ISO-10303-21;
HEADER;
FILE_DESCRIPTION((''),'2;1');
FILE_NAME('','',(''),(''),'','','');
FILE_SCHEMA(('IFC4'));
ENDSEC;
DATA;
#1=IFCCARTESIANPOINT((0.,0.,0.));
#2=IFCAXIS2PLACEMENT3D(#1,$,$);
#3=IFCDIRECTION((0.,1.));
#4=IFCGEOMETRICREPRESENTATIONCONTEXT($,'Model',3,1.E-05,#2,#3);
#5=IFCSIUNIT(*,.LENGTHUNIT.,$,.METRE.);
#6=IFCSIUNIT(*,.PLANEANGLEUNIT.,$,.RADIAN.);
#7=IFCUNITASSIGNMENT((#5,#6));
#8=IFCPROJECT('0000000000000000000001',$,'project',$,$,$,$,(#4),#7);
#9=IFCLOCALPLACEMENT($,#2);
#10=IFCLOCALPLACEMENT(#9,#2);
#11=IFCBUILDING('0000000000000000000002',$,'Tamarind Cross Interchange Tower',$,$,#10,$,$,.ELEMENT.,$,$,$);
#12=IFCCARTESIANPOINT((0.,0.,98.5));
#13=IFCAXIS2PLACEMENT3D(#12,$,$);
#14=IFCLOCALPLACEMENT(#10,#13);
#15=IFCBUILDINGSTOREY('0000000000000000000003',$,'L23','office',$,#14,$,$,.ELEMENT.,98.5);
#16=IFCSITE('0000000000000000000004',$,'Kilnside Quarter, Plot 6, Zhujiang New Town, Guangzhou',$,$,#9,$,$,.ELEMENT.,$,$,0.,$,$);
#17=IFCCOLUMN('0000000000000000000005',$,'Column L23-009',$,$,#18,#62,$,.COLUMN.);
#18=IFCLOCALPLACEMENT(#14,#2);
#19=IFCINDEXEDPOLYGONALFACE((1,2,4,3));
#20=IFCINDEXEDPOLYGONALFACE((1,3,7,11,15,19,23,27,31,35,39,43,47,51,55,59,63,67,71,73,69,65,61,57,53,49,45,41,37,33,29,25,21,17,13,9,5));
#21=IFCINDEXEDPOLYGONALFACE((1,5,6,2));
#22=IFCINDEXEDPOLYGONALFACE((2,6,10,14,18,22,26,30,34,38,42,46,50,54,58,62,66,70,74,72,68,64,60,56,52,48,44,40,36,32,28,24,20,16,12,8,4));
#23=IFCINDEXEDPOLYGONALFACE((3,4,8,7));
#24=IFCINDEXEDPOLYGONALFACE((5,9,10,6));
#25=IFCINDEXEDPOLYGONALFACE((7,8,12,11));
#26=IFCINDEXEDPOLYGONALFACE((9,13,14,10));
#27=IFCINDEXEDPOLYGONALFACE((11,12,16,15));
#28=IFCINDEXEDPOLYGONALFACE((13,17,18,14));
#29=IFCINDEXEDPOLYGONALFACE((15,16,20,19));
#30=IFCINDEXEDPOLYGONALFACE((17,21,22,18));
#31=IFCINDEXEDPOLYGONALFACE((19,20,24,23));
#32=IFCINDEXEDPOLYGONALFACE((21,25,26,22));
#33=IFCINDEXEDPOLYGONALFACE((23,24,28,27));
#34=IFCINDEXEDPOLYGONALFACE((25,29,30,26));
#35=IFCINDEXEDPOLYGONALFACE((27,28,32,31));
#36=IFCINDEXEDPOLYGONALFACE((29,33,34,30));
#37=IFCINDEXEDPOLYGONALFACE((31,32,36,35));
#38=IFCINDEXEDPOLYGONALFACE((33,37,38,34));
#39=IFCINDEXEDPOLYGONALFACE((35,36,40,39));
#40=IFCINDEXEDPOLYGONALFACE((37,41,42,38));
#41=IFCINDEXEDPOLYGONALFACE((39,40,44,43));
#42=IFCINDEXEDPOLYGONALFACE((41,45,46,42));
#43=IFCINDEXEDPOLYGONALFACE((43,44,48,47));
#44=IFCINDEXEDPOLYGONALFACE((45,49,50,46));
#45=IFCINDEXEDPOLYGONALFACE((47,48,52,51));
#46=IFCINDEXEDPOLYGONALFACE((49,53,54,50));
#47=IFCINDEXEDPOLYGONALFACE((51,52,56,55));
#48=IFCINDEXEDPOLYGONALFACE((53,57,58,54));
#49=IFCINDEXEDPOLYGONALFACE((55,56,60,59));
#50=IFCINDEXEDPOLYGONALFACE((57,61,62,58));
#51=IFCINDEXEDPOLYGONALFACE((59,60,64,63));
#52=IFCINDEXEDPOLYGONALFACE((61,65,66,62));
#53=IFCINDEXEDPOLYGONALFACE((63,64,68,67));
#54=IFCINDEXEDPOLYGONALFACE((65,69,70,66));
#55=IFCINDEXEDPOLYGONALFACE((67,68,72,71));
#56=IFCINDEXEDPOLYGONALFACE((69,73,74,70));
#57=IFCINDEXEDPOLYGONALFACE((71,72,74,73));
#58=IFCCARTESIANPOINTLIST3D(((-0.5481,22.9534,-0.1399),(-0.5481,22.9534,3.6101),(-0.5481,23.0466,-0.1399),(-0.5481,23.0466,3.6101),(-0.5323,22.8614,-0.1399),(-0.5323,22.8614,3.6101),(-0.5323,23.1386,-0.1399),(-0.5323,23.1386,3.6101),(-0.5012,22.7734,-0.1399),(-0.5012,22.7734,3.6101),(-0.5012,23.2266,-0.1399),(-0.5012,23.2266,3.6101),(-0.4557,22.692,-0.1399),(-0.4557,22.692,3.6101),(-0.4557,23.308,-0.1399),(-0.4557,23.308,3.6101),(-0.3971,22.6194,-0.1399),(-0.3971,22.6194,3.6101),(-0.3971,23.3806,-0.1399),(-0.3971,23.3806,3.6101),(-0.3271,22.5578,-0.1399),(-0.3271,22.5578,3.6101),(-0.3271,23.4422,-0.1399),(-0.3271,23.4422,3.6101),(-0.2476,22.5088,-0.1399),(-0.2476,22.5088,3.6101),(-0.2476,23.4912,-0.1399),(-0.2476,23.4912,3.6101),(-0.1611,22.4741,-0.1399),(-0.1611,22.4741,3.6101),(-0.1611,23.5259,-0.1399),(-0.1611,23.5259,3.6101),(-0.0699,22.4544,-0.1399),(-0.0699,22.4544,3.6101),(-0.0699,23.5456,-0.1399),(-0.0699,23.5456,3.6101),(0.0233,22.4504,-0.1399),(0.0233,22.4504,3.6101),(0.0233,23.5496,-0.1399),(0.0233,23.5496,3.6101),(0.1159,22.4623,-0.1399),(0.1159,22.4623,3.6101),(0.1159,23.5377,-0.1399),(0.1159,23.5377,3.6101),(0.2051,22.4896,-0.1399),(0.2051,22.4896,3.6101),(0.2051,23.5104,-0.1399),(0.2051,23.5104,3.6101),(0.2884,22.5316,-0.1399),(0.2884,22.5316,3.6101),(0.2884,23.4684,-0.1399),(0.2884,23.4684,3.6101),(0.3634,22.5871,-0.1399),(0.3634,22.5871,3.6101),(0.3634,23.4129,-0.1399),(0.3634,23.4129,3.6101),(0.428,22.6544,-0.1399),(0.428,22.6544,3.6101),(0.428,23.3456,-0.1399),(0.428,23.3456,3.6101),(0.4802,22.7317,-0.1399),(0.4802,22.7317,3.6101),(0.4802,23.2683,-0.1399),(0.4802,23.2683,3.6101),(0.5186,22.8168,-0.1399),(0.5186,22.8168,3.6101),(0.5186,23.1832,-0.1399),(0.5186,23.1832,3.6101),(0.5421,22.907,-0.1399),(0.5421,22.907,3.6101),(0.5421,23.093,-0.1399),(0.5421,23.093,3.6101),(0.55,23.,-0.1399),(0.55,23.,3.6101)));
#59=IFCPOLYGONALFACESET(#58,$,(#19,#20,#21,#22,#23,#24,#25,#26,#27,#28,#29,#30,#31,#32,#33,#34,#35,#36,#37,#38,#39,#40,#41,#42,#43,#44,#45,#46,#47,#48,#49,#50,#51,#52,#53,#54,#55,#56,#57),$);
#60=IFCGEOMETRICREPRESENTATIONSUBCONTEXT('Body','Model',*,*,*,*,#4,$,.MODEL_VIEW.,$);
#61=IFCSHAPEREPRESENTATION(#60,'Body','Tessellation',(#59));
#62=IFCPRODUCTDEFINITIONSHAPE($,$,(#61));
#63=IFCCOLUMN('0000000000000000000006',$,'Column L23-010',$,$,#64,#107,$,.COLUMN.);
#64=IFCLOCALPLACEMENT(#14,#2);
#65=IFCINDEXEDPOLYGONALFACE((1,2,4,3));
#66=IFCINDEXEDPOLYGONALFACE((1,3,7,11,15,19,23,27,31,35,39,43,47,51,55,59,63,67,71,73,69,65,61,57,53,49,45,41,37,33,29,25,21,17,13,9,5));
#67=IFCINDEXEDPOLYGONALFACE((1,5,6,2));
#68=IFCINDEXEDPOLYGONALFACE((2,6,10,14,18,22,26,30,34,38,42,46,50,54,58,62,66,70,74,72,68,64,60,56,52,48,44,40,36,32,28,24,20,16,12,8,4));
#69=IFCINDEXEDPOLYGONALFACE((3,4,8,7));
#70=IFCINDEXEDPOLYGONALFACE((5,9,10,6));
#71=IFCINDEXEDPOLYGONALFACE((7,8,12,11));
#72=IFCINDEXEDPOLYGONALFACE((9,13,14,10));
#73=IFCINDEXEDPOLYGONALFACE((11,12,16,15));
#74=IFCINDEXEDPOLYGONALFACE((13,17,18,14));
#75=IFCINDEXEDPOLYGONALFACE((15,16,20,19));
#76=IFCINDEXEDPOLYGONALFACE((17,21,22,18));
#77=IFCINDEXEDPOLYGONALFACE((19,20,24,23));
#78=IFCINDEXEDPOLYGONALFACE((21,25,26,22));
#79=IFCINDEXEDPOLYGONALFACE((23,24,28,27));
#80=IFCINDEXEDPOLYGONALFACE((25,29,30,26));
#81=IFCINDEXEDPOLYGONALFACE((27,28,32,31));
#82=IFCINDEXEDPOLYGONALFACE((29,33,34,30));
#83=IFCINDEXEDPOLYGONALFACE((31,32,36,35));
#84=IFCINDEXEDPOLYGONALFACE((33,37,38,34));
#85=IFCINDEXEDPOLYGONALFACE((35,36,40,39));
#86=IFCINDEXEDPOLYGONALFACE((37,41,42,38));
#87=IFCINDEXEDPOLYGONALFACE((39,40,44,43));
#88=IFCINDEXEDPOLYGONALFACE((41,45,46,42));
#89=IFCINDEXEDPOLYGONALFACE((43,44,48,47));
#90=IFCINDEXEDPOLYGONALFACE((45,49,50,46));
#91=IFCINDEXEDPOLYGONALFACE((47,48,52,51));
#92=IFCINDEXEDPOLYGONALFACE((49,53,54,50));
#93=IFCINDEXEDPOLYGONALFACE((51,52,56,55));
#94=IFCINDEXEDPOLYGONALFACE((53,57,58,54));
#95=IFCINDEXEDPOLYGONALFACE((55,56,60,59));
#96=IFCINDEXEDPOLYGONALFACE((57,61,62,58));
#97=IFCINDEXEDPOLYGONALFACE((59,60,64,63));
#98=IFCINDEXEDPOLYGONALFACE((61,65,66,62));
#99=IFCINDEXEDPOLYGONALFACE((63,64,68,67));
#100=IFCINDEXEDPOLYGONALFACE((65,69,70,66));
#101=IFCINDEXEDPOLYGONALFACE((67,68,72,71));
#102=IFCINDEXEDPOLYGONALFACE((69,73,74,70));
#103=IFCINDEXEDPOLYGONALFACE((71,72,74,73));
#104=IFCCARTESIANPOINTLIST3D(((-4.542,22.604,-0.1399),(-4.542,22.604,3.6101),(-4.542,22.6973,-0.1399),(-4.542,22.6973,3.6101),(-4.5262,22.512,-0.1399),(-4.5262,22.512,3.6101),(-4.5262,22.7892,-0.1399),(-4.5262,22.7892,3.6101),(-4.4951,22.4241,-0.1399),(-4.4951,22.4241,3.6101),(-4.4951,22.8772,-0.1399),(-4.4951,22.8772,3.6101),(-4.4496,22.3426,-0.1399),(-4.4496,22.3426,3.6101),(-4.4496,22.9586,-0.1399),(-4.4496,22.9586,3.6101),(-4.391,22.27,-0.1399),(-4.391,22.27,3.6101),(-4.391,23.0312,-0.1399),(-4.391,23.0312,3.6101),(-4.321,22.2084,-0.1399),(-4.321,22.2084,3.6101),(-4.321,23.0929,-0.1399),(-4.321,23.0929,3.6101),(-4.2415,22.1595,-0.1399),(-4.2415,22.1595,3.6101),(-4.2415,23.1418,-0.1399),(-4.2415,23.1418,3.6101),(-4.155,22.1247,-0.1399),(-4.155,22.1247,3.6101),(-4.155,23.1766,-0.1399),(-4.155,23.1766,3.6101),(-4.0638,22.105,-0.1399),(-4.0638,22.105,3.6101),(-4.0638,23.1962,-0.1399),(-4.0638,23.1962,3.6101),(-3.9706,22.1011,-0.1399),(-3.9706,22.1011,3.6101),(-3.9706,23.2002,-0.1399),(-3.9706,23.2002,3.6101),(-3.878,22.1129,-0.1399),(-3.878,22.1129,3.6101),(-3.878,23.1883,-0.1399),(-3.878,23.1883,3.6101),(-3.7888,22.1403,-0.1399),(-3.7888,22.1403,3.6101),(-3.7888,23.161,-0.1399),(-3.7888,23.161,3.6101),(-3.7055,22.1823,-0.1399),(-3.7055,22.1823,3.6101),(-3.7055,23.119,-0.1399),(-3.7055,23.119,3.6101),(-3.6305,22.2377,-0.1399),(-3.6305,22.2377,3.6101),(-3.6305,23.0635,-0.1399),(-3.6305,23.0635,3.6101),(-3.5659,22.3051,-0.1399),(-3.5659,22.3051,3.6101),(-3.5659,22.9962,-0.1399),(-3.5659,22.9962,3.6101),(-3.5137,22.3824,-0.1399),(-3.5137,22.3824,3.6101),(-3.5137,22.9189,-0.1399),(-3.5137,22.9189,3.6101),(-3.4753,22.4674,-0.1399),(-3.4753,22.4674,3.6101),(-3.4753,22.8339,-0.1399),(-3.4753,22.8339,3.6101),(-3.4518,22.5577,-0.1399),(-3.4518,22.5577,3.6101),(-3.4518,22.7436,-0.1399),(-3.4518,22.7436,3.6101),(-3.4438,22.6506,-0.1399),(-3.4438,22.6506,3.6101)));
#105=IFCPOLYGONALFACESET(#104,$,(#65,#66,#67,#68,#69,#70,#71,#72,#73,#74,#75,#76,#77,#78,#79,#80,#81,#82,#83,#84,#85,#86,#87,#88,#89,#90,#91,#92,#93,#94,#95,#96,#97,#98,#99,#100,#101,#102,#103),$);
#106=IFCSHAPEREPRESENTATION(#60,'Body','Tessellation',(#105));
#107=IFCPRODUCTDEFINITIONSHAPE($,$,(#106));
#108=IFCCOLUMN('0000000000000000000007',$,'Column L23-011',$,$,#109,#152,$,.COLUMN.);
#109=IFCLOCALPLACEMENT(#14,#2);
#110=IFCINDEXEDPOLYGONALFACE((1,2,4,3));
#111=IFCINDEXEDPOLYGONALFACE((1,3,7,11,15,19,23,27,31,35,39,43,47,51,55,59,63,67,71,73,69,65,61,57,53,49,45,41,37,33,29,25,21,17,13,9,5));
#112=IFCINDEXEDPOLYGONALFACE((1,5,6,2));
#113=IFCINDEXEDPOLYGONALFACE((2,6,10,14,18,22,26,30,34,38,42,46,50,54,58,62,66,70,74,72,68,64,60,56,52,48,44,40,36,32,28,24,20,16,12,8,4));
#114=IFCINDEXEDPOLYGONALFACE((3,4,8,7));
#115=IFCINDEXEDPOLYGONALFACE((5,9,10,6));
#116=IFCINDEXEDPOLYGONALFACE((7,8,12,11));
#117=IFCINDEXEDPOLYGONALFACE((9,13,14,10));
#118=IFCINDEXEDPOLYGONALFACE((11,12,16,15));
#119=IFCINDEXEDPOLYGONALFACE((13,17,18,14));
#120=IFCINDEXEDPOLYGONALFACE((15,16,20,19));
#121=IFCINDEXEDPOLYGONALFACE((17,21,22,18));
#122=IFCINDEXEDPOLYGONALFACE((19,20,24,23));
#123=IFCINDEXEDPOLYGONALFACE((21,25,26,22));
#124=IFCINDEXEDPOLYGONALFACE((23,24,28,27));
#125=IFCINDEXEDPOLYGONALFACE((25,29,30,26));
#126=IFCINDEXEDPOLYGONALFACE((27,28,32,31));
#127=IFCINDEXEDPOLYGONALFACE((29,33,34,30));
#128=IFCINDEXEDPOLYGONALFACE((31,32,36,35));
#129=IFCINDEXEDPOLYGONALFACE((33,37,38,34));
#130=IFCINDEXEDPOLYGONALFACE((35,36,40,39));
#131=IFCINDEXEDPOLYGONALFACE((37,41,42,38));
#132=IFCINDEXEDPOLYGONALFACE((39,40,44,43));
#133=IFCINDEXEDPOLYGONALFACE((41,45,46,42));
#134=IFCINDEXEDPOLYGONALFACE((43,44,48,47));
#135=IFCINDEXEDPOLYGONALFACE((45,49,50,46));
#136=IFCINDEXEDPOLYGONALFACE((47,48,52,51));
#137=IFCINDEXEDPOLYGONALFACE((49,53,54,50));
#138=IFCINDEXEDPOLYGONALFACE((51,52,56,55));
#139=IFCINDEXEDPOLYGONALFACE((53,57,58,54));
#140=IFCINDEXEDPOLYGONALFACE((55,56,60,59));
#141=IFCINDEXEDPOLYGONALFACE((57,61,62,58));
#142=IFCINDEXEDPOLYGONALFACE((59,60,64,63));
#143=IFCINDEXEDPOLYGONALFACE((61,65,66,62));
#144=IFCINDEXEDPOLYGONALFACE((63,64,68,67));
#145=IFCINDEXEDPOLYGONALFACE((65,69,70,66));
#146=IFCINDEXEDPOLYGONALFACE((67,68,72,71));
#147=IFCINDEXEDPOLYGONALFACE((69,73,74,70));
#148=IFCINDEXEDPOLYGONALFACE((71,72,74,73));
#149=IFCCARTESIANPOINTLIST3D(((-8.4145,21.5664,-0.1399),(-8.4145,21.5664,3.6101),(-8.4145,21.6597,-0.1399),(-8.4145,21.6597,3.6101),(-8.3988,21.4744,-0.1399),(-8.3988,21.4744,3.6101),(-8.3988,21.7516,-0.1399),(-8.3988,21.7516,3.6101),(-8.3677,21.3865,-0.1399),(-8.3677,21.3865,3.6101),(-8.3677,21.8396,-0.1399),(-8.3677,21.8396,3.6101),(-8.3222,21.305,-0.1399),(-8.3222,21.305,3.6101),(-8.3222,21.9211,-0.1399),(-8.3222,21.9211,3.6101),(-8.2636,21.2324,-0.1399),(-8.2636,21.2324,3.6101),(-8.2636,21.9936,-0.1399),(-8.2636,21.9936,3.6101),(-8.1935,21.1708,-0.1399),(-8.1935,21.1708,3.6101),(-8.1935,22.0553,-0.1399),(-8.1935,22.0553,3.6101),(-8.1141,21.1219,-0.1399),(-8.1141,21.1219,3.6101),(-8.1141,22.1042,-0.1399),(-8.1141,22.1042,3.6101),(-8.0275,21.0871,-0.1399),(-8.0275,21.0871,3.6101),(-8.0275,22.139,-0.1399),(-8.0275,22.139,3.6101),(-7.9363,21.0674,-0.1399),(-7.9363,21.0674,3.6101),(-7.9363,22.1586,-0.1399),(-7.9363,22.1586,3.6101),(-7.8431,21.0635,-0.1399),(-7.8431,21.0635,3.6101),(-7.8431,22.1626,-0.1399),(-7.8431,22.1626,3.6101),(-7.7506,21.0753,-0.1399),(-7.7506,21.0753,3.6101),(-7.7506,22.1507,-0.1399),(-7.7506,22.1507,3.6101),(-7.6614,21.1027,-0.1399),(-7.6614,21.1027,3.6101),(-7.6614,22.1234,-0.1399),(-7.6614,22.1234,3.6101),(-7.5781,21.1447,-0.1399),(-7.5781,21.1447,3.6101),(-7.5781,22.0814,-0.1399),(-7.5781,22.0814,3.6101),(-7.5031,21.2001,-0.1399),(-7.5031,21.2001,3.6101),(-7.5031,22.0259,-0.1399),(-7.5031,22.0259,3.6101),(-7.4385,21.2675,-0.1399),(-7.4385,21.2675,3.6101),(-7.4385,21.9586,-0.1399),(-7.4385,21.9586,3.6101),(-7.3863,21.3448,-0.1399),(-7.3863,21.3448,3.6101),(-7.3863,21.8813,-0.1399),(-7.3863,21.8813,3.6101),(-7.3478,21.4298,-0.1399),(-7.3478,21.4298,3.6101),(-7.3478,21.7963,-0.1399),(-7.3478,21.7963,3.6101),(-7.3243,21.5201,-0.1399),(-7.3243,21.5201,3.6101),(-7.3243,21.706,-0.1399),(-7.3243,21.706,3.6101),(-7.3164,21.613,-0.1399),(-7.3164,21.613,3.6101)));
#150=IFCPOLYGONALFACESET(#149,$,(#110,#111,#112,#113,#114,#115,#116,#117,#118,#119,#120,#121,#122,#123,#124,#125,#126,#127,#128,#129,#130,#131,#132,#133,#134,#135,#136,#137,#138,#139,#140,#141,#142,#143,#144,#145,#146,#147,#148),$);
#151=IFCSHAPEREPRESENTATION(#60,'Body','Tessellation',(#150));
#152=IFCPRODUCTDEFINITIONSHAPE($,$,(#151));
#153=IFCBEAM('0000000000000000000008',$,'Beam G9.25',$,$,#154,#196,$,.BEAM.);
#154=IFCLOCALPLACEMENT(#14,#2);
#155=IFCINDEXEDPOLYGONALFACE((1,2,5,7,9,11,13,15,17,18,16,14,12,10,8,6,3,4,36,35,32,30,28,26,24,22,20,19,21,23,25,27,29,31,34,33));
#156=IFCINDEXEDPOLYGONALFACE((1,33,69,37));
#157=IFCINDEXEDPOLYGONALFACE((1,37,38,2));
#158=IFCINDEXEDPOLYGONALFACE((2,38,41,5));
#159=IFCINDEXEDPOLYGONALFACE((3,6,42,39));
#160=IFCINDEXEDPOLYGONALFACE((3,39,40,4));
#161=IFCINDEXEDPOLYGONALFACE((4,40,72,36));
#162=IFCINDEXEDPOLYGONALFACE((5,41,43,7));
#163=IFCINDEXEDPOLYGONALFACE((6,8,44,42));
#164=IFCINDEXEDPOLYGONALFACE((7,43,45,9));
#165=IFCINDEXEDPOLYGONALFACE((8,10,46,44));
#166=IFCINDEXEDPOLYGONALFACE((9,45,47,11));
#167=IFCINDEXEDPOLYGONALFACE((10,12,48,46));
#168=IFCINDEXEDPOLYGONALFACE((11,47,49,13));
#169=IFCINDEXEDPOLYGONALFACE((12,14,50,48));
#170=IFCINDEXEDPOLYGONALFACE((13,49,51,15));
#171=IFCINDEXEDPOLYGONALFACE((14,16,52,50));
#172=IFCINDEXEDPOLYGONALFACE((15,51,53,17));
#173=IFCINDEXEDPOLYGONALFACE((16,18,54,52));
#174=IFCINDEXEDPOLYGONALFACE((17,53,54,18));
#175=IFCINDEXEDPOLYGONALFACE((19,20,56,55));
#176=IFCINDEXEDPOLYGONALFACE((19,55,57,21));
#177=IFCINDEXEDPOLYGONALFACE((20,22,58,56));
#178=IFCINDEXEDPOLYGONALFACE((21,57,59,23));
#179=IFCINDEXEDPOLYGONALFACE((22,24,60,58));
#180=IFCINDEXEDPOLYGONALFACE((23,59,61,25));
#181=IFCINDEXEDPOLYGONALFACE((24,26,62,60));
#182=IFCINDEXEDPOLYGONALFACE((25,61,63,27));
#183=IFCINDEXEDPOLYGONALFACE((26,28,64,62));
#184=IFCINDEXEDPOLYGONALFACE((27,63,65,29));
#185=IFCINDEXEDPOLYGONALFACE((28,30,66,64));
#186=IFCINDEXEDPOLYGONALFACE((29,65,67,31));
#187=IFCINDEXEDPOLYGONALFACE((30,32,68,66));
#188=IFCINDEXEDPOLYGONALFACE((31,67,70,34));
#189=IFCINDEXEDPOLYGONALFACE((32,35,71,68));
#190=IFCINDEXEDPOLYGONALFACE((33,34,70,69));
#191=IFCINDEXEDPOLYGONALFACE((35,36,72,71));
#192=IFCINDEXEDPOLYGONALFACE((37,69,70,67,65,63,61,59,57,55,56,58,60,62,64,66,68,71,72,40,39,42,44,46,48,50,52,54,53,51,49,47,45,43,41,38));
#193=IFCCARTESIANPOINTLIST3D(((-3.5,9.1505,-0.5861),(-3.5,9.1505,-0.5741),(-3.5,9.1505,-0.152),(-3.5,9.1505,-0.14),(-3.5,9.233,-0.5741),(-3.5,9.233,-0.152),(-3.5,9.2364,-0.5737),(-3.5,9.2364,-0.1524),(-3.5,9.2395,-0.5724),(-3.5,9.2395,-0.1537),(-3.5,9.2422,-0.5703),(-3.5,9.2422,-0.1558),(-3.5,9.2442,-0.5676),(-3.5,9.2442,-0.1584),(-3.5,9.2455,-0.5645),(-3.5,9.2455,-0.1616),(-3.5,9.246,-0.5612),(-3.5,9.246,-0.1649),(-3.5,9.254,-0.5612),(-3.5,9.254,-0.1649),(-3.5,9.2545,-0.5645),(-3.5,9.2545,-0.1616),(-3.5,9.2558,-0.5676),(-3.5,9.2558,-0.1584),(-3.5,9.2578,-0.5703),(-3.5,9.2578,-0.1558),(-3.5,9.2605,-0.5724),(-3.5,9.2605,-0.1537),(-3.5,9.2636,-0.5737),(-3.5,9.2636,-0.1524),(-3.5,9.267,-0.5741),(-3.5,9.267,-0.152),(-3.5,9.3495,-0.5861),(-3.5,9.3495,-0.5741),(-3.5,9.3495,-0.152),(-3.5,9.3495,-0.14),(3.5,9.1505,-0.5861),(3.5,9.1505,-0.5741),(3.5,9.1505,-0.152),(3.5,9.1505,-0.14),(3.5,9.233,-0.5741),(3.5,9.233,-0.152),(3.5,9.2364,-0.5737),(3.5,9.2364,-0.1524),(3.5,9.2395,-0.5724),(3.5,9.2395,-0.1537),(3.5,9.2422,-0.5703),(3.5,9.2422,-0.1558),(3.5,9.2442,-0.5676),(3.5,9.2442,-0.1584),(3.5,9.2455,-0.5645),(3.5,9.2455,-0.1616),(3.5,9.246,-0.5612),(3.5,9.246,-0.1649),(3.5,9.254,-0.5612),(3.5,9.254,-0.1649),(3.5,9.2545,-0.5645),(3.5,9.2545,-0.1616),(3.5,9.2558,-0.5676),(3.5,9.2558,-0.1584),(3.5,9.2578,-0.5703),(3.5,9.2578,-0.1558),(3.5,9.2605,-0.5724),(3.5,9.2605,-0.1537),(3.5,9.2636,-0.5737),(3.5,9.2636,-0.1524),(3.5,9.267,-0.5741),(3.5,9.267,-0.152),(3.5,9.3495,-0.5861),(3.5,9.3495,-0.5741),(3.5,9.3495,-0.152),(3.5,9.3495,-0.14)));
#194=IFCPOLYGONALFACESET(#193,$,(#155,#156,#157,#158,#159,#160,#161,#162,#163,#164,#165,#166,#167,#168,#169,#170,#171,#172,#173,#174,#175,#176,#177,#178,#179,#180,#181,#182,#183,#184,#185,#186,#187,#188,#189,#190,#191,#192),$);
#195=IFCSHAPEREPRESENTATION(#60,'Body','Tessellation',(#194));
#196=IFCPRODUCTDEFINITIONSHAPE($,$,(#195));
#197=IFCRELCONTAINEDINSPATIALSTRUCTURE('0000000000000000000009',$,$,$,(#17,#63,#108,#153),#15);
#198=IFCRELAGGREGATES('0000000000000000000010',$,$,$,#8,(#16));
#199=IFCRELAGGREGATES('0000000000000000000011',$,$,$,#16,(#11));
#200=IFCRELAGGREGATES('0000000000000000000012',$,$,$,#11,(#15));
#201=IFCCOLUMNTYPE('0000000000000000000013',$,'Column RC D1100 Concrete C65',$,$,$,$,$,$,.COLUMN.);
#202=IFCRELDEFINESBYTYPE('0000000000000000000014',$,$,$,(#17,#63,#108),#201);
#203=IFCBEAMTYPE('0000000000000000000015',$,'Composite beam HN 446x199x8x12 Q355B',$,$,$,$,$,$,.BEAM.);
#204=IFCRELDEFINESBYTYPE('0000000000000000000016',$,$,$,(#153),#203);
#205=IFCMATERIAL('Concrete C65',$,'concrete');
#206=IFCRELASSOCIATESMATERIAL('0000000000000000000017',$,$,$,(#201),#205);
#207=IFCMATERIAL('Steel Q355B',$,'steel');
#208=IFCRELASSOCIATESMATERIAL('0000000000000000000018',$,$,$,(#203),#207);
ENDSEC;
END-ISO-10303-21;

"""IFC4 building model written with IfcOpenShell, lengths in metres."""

from ifc_helpers import new_model, si_unit, direction, frame, origin, origin_2d, place, context, subcontext, project, spatial, circle, i_section, extrude, material, material_profile, profile_set, type_object, element, save


model = new_model("IFC4")

# Units and contexts
model_context = context("Model", 3, precision=1e-05, world=origin(), true_north=direction((0.0, 1.0)))
body_context = subcontext(model_context, "Body", "Model", "MODEL_VIEW")
ifc_project = project(units=[si_unit("LENGTHUNIT", "METRE"), si_unit("PLANEANGLEUNIT", "RADIAN")], contexts=[model_context])

# Site, building, storey
site_placement = place(None, origin())
site = spatial("IfcSite", under=ifc_project, at=site_placement, Name="Kilnside Quarter, Plot 6, Zhujiang New Town, Guangzhou", CompositionType="ELEMENT", RefElevation=0.0)
building_placement = place(site_placement, origin())
building = spatial("IfcBuilding", under=site, at=building_placement, Name="Tamarind Cross Interchange Tower", CompositionType="ELEMENT")
storey_placement = place(building_placement, frame((0.0, 0.0, 98.5)))
storey = spatial("IfcBuildingStorey", under=building, at=storey_placement, Name="L23", Description="office", CompositionType="ELEMENT", Elevation=98.5)

# Columns
ifc_material_1 = material(Name="Concrete C65", Category="concrete")
ifc_material_profile_1 = material_profile(ifc_material_1, circle(Radius=0.55, at=origin_2d()), Name="RC D1100")
ifc_profile_set_1 = profile_set([ifc_material_profile_1], Name="Concrete C65")
column_type = type_object("IfcColumnType", Name="Column RC D1100 Concrete C65", PredefinedType="COLUMN", material=ifc_profile_set_1)
for number, where, z_axis, x_axis, name in (
    (1, (0.0, 23.0, -0.1399), (0.0, 0.0, 1.0), (1.0, 0.0, 0.0), "Column L23-009"),
    (2, (-3.9939, 22.6506, -0.1399), (0.0, 0.0, 1.0), (1.0, 0.0, 0.0), "Column L23-010"),
    (3, (-7.8665, 21.613, -0.1399), (0.0, 0.0, 1.0), (1.0, 0.0, 0.0), "Column L23-011"),
):
    element("IfcColumn", number, at=place(storey_placement, frame(where, z_axis=z_axis, x_axis=x_axis)), inside=storey, type_object=column_type, Name=name, PredefinedType="COLUMN", context=body_context, shape_type="SweptSolid", body=[
        extrude(circle(Radius=0.55, at=origin_2d()), origin(), (0.0, 0.0, 1.0), 3.75),
    ])

# Beam
ifc_material_2 = material(Name="Steel Q355B", Category="steel")
ifc_material_profile_2 = material_profile(ifc_material_2, i_section(OverallWidth=0.199, OverallDepth=0.446, WebThickness=0.0081, FlangeThickness=0.012, FilletRadius=0.0129, at=origin_2d()), Name="HN 446x199x8x12")
ifc_profile_set_2 = profile_set([ifc_material_profile_2], Name="Steel Q355B")
beam_type_1 = type_object("IfcBeamType", Name="Composite beam HN 446x199x8x12 Q355B", PredefinedType="BEAM", material=ifc_profile_set_2)
beam_1_placement = place(storey_placement, frame((-3.5, 9.25, -0.363), z_axis=(1.0, 0.0, 0.0), x_axis=(0.0, 1.0, 0.0)))
element("IfcBeam", 4, at=beam_1_placement, inside=storey, type_object=beam_type_1, Name="Beam G9.25", PredefinedType="BEAM", context=body_context, shape_type="SweptSolid", body=[
    extrude(i_section(OverallWidth=0.199, OverallDepth=0.446, WebThickness=0.0081, FlangeThickness=0.012, FilletRadius=0.0129, at=origin_2d()), origin(), (0.0, 0.0, 1.0), 7.0),
])

save(model, "model.ifc")
